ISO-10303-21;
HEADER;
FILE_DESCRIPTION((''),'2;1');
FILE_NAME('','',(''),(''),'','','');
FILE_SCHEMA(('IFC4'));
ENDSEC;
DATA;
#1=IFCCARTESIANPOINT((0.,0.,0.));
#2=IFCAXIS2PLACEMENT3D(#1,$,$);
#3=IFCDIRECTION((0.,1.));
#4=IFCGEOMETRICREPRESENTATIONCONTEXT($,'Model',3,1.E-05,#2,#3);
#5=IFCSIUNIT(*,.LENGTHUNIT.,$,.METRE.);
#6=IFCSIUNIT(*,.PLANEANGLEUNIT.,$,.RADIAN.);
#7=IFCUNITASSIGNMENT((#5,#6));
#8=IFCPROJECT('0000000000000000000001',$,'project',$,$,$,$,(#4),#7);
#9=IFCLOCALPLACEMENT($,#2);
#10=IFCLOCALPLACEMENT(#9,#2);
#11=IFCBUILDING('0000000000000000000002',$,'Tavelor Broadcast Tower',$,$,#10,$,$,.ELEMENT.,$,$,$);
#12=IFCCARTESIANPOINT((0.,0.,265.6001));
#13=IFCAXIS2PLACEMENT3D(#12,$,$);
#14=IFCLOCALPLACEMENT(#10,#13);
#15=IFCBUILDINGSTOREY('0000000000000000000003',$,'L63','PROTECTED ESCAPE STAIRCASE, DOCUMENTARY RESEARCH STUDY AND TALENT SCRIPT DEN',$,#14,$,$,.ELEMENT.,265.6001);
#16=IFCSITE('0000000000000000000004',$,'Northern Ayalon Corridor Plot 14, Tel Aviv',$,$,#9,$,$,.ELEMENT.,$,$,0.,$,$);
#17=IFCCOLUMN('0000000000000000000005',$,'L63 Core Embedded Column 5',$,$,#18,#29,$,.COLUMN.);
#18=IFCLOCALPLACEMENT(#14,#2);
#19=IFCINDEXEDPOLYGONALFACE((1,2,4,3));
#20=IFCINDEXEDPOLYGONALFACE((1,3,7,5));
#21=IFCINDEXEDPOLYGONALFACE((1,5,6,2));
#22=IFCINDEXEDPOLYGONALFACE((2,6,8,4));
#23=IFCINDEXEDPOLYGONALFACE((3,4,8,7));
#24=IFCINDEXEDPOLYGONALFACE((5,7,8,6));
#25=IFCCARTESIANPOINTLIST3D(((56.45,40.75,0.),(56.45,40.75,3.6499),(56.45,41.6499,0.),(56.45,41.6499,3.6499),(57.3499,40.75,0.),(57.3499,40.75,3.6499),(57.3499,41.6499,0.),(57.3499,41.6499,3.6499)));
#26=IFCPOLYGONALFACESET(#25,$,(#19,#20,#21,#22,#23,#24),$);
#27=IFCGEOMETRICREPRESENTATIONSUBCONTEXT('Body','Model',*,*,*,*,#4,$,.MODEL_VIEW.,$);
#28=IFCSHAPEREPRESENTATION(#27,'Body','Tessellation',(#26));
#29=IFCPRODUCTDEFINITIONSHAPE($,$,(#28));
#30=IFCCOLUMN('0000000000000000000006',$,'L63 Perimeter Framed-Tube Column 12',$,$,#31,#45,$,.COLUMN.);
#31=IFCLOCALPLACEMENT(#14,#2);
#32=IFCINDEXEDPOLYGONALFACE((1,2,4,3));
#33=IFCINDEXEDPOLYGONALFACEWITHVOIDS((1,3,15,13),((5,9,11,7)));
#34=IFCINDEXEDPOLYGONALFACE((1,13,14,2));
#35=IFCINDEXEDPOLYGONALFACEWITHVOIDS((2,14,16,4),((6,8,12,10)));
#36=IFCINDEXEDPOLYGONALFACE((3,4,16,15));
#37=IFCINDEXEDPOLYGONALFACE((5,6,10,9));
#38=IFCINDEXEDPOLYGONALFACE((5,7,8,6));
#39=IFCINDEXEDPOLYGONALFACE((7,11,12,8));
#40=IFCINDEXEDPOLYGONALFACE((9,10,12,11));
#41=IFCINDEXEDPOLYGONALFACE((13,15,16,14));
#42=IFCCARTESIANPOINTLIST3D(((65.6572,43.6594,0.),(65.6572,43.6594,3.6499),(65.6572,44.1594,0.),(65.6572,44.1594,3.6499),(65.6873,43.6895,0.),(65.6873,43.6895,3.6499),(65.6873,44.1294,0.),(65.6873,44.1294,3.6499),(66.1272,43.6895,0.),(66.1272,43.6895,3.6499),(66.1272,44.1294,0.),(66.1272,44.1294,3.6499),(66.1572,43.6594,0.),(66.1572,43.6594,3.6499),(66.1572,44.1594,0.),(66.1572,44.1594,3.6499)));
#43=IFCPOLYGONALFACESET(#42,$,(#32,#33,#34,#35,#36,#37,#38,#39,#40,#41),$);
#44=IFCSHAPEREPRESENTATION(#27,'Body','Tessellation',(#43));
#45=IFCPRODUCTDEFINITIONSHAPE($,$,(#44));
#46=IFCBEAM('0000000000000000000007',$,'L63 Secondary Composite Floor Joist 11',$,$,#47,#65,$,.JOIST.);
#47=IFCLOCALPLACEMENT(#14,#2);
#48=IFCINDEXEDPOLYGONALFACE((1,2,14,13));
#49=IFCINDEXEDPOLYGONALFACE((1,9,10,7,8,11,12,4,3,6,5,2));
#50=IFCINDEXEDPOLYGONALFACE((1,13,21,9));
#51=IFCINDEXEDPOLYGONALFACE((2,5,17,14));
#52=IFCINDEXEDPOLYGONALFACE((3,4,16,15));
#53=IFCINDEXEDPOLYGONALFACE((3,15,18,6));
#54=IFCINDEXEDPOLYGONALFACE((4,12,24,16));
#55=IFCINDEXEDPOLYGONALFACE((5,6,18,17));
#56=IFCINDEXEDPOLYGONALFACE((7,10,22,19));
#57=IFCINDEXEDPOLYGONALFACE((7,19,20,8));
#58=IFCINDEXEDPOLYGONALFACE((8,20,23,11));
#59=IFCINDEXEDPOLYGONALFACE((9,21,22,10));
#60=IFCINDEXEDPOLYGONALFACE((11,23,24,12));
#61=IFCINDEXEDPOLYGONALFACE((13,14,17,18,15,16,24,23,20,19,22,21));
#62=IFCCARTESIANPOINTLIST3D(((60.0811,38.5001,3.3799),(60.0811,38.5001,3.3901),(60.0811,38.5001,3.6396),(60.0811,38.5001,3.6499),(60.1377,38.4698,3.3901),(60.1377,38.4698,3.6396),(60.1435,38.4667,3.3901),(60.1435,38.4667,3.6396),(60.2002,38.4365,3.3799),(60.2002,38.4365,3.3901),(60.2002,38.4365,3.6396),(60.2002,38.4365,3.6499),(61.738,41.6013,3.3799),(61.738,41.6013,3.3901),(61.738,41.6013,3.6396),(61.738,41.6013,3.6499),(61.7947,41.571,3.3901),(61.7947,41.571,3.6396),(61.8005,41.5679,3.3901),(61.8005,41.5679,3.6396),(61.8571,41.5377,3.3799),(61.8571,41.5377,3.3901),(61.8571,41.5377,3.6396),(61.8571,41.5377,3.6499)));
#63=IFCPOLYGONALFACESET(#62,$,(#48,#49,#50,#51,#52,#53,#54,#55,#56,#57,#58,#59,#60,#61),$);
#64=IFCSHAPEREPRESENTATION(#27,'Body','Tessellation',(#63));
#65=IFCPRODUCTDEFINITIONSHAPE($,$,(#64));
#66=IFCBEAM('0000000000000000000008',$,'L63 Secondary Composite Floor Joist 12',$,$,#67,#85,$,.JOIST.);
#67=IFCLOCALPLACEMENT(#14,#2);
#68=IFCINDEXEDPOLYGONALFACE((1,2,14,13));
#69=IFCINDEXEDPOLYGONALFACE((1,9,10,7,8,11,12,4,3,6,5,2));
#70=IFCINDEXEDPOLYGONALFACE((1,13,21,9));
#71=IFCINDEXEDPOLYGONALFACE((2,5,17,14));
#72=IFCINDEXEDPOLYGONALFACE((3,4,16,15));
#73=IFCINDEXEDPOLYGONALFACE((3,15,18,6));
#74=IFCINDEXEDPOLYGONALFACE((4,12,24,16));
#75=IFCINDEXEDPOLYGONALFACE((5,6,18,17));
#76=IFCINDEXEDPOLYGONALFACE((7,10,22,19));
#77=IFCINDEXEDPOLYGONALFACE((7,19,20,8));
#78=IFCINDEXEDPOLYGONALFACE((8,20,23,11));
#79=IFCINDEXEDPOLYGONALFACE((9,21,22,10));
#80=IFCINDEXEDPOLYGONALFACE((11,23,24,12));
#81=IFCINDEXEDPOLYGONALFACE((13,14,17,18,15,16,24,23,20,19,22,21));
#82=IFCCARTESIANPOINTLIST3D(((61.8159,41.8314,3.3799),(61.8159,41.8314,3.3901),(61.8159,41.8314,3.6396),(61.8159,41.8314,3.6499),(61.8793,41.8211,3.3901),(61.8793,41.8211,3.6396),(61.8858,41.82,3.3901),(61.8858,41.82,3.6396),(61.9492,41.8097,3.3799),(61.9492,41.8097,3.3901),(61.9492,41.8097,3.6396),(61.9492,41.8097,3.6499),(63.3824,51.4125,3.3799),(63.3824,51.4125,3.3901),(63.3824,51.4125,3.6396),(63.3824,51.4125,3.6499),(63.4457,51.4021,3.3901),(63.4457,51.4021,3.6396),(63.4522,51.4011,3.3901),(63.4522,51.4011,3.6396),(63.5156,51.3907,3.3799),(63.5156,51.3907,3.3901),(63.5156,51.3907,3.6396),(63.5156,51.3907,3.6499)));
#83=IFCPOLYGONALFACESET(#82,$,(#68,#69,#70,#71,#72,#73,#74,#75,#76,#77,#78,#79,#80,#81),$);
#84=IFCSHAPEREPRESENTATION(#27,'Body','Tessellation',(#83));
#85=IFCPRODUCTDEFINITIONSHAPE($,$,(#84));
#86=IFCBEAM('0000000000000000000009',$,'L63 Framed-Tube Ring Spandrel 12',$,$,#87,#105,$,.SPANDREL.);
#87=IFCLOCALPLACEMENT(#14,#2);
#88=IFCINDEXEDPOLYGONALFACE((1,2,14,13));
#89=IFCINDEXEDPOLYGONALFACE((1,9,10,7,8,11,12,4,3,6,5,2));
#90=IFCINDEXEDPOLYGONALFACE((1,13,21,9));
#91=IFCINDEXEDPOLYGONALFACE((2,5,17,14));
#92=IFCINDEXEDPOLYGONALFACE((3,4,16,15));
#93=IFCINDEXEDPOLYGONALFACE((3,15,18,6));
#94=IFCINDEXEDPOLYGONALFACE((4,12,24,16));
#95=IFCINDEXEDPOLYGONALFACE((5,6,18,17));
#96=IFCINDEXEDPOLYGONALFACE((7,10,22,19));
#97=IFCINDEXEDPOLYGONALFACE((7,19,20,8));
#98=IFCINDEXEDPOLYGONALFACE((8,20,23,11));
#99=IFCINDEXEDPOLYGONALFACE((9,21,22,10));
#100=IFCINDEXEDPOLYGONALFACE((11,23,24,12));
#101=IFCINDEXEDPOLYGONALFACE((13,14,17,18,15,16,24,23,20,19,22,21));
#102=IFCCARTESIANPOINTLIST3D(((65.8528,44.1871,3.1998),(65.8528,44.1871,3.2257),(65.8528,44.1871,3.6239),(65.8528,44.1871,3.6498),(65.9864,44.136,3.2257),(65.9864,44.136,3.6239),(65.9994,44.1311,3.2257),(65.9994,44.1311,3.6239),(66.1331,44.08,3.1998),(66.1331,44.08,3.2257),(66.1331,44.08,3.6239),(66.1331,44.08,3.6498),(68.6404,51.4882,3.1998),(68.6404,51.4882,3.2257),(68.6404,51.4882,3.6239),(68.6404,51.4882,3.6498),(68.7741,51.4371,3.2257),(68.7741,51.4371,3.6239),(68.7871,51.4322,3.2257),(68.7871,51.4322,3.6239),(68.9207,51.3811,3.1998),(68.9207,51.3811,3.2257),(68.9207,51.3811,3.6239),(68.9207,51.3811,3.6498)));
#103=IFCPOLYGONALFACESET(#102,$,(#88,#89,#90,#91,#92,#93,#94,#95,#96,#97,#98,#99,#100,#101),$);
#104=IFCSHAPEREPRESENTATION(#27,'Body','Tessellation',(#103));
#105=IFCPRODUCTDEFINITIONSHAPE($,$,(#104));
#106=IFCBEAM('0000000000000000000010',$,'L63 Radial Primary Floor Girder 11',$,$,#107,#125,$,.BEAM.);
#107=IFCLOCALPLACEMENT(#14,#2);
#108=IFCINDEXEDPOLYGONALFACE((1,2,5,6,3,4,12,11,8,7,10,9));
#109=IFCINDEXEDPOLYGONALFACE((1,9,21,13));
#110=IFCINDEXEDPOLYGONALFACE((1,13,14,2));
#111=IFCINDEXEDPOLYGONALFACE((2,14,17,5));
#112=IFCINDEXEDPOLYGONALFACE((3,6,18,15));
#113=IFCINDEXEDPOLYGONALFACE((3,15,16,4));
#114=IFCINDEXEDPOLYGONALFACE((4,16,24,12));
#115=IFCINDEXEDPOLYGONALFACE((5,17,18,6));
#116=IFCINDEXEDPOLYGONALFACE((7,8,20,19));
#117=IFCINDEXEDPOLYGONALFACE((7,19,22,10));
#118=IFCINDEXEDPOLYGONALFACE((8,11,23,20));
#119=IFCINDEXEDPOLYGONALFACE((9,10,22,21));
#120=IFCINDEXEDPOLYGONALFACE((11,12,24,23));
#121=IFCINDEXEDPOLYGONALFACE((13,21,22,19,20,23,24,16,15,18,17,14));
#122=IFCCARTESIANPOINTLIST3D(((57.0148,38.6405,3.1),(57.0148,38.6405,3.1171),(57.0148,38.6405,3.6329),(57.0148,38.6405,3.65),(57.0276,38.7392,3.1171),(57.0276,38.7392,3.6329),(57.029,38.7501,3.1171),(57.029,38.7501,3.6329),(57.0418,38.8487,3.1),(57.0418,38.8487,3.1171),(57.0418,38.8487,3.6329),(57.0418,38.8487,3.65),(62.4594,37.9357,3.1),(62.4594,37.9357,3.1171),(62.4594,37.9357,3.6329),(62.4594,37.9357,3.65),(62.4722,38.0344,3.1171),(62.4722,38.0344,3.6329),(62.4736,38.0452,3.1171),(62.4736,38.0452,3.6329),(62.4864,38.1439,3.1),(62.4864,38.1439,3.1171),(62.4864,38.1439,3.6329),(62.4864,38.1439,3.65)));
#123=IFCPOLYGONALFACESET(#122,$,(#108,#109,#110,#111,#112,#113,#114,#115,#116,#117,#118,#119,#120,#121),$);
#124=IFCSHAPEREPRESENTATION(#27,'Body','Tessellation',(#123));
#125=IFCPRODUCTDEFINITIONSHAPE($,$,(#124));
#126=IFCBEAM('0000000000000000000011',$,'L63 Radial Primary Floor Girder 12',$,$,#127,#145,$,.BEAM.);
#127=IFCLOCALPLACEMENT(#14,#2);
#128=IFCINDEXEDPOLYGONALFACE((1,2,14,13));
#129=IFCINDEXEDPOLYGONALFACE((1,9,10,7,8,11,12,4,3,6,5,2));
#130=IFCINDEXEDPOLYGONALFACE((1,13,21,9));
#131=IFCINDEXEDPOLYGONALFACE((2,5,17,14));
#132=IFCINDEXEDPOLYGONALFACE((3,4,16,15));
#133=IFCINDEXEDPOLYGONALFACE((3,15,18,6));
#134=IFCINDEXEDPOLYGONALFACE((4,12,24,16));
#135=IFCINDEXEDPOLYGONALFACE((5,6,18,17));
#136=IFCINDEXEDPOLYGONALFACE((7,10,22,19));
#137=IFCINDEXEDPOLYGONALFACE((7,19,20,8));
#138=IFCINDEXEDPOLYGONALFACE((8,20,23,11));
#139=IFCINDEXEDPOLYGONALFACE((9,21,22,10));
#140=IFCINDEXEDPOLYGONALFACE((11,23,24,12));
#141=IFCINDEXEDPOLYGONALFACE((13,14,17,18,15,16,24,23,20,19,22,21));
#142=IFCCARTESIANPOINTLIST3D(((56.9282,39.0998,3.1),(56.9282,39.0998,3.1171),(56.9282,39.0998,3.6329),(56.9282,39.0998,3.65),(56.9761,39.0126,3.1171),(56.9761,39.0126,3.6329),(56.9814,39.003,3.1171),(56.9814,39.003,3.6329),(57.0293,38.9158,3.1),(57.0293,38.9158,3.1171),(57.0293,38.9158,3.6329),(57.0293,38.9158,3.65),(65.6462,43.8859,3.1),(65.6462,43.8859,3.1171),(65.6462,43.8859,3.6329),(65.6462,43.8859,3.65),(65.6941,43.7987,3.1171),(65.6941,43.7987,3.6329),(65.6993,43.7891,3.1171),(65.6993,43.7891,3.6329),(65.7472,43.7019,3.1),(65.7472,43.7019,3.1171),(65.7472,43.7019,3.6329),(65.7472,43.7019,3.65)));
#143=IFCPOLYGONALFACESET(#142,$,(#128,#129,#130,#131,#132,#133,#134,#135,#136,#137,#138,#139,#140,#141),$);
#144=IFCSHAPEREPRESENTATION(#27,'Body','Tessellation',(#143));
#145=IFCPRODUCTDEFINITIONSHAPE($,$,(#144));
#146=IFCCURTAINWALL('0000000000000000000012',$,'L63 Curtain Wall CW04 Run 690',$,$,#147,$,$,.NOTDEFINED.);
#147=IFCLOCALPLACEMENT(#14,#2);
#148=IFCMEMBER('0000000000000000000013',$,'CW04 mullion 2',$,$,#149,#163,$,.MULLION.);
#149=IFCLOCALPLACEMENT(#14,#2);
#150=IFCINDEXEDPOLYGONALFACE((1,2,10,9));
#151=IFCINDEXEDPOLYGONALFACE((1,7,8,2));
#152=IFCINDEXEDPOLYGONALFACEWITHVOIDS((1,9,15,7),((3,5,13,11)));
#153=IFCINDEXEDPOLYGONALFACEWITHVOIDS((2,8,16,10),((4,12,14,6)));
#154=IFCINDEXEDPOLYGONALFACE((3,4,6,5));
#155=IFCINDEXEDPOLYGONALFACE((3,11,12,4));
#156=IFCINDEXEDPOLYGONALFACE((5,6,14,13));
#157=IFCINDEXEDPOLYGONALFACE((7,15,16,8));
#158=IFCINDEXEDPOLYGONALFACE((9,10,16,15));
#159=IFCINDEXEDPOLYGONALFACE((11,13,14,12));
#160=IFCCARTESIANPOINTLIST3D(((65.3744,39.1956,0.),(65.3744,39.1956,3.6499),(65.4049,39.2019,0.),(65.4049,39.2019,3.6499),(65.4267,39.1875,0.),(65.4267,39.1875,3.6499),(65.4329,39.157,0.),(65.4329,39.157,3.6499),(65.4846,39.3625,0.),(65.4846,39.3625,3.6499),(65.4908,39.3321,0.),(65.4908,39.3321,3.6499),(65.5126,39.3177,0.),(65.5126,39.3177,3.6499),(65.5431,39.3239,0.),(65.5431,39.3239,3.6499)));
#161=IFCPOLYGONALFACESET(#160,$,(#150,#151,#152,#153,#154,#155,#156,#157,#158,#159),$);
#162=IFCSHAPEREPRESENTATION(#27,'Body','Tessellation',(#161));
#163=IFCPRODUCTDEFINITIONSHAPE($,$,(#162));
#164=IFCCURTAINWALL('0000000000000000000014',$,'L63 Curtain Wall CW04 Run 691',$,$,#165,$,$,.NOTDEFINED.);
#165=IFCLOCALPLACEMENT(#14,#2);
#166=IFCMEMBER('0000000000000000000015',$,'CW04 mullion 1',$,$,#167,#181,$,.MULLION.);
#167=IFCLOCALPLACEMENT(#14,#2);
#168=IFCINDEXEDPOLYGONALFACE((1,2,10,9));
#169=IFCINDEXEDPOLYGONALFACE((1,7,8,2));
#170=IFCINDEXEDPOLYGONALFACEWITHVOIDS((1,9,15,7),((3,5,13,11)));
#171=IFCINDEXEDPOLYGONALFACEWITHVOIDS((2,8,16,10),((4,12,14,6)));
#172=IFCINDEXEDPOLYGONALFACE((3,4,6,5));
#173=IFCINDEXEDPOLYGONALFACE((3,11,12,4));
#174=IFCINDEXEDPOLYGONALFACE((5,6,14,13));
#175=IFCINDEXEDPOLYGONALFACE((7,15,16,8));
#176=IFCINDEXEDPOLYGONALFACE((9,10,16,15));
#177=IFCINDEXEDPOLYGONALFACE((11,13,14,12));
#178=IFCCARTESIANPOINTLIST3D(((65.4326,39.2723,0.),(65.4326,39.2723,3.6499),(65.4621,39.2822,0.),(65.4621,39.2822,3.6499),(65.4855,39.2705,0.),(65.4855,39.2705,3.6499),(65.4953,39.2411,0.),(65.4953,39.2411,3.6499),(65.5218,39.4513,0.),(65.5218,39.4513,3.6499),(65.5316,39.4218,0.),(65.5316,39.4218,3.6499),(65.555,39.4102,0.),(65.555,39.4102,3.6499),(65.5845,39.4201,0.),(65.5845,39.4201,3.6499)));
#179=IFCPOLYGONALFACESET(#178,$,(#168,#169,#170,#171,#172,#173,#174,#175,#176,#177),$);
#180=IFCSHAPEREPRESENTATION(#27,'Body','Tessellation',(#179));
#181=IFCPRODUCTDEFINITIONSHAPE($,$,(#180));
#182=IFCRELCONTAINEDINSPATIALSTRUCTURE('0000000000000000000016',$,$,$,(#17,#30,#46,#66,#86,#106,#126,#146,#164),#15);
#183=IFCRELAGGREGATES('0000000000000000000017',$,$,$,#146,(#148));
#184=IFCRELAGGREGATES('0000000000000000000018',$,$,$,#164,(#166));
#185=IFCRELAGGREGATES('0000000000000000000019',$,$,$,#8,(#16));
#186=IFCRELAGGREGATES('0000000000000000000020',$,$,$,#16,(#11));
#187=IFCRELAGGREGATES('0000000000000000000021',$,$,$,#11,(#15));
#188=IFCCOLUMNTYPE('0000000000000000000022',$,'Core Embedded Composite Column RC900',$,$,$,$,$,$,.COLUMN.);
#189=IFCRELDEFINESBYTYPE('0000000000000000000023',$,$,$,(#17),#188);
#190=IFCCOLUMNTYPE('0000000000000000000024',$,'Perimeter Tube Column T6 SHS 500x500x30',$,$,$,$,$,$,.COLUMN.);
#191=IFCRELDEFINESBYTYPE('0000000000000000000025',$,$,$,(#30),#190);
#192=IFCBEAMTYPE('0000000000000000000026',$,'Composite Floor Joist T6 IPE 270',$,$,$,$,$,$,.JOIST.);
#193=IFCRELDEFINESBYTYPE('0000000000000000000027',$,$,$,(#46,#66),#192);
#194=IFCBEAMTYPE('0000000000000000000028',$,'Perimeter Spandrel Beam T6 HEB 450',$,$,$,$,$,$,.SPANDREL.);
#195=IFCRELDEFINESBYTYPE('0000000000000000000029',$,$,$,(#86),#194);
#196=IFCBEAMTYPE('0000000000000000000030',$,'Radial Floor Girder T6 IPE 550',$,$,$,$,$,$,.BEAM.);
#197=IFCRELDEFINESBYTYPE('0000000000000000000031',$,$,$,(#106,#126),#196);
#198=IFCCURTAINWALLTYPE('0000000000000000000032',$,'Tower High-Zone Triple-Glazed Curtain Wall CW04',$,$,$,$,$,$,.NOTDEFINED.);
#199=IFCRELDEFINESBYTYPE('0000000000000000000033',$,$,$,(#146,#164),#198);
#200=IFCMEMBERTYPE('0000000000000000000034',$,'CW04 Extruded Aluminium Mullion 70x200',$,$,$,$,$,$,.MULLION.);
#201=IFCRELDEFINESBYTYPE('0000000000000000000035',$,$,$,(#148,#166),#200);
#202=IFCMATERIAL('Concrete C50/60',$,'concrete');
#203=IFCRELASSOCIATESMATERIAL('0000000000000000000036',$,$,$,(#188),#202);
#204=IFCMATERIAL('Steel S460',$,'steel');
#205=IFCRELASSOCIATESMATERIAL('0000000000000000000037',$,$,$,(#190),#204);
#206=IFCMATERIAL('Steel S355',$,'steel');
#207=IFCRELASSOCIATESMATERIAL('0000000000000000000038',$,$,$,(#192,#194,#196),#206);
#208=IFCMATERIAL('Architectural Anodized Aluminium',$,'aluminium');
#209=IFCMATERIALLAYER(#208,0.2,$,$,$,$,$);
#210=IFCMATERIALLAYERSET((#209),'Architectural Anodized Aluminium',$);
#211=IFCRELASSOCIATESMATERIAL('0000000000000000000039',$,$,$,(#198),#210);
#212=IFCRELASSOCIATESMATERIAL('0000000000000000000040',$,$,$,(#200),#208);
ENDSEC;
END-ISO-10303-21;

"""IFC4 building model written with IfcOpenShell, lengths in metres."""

from ifc_helpers import new_model, si_unit, direction, frame, origin, origin_2d, place, context, subcontext, project, spatial, rectangle, hollow_rectangle, i_section, extrude, source, transform, mapped, material, layer, layer_set, material_profile, profile_set, type_object, type_shapes, element, aggregate, save


model = new_model("IFC4")

# Units and contexts
model_context = context("Model", 3, precision=1e-05, world=origin(), true_north=direction((0.0, 1.0)))
body_context = subcontext(model_context, "Body", "Model", "MODEL_VIEW")
ifc_project = project(units=[si_unit("LENGTHUNIT", "METRE"), si_unit("PLANEANGLEUNIT", "RADIAN")], contexts=[model_context])

# Site, building, storey
site_placement = place(None, origin())
site = spatial("IfcSite", under=ifc_project, at=site_placement, Name="Northern Ayalon Corridor Plot 14, Tel Aviv", CompositionType="ELEMENT", RefElevation=0.0)
building_placement = place(site_placement, origin())
building = spatial("IfcBuilding", under=site, at=building_placement, Name="Tavelor Broadcast Tower", CompositionType="ELEMENT")
storey_placement = place(building_placement, frame((0.0, 0.0, 265.6001)))
storey = spatial("IfcBuildingStorey", under=building, at=storey_placement, Name="L63", Description="PROTECTED ESCAPE STAIRCASE, DOCUMENTARY RESEARCH STUDY AND TALENT SCRIPT DEN", CompositionType="ELEMENT", Elevation=265.6001)

# Columns
ifc_material_1 = material(Name="Concrete C50/60", Category="concrete")
ifc_material_profile_1 = material_profile(ifc_material_1, rectangle(XDim=0.8999, YDim=0.8999, at=origin_2d()), Name="RC 900x900")
ifc_profile_set_1 = profile_set([ifc_material_profile_1], Name="Concrete C50/60")
column_type_1 = type_object("IfcColumnType", Name="Core Embedded Composite Column RC900", PredefinedType="COLUMN", material=ifc_profile_set_1)
column_1_placement = place(storey_placement, frame((56.8999, 41.2, 0.0), z_axis=(0.0, 0.0, 1.0), x_axis=(1.0, 0.0, 0.0)))
element("IfcColumn", 1, at=column_1_placement, inside=storey, type_object=column_type_1, Name="L63 Core Embedded Column 5", PredefinedType="COLUMN", context=body_context, shape_type="SweptSolid", body=[
    extrude(rectangle(XDim=0.8999, YDim=0.8999, at=origin_2d()), origin(), (0.0, 0.0, 1.0), 3.6499),
])
ifc_material_2 = material(Name="Steel S460", Category="steel")
ifc_material_profile_2 = material_profile(ifc_material_2, hollow_rectangle(XDim=0.5, YDim=0.5, WallThickness=0.03, at=origin_2d()), Name="SHS 500x500x30")
ifc_profile_set_2 = profile_set([ifc_material_profile_2], Name="Steel S460")
column_type_2 = type_object("IfcColumnType", Name="Perimeter Tube Column T6 SHS 500x500x30", PredefinedType="COLUMN", material=ifc_profile_set_2)
column_2_placement = place(storey_placement, frame((65.9072, 43.9094, 0.0), z_axis=(0.0, 0.0, 1.0), x_axis=(1.0, 0.0, 0.0)))
element("IfcColumn", 2, at=column_2_placement, inside=storey, type_object=column_type_2, Name="L63 Perimeter Framed-Tube Column 12", PredefinedType="COLUMN", context=body_context, shape_type="SweptSolid", body=[
    extrude(hollow_rectangle(XDim=0.5, YDim=0.5, WallThickness=0.03, at=origin_2d()), origin(), (0.0, 0.0, 1.0), 3.6499),
])

# Beams
ifc_material_3 = material(Name="Steel S355", Category="steel")
ifc_material_profile_3 = material_profile(ifc_material_3, i_section(OverallWidth=0.135, OverallDepth=0.27, WebThickness=0.0066, FlangeThickness=0.0103, at=origin_2d()), Name="IPE 270")
ifc_profile_set_3 = profile_set([ifc_material_profile_3], Name="Steel S355")
beam_type_1 = type_object("IfcBeamType", Name="Composite Floor Joist T6 IPE 270", PredefinedType="JOIST", material=ifc_profile_set_3)
beam_1_placement = place(storey_placement, frame((60.1406, 38.4683, 3.5149), z_axis=(0.47124, 0.882005, 0.0), x_axis=(-0.882005, 0.47124, 0.0)))
element("IfcBeam", 3, at=beam_1_placement, inside=storey, type_object=beam_type_1, Name="L63 Secondary Composite Floor Joist 11", PredefinedType="JOIST", context=body_context, shape_type="SweptSolid", body=[
    extrude(i_section(OverallWidth=0.135, OverallDepth=0.27, WebThickness=0.0066, FlangeThickness=0.0103, at=origin_2d()), origin(), (0.0, 0.0, 1.0), 3.5161),
])
beam_2_placement = place(storey_placement, frame((61.8826, 41.8206, 3.5149), z_axis=(0.161348, 0.986898, 0.0), x_axis=(-0.986898, 0.161348, 0.0)))
element("IfcBeam", 4, at=beam_2_placement, inside=storey, type_object=beam_type_1, Name="L63 Secondary Composite Floor Joist 12", PredefinedType="JOIST", context=body_context, shape_type="SweptSolid", body=[
    extrude(i_section(OverallWidth=0.135, OverallDepth=0.27, WebThickness=0.0066, FlangeThickness=0.0103, at=origin_2d()), origin(), (0.0, 0.0, 1.0), 9.7083),
])
ifc_material_profile_4 = material_profile(ifc_material_3, i_section(OverallWidth=0.3, OverallDepth=0.45, WebThickness=0.0139, FlangeThickness=0.0259, at=origin_2d()), Name="HEB 450")
ifc_profile_set_4 = profile_set([ifc_material_profile_4], Name="Steel S355")
beam_type_2 = type_object("IfcBeamType", Name="Perimeter Spandrel Beam T6 HEB 450", PredefinedType="SPANDREL", material=ifc_profile_set_4)
beam_3_placement = place(storey_placement, frame((65.9929, 44.1335, 3.4248), z_axis=(0.356694, 0.934221, 0.0), x_axis=(-0.934221, 0.356694, 0.0)))
element("IfcBeam", 5, at=beam_3_placement, inside=storey, type_object=beam_type_2, Name="L63 Framed-Tube Ring Spandrel 12", PredefinedType="SPANDREL", context=body_context, shape_type="SweptSolid", body=[
    extrude(i_section(OverallWidth=0.3, OverallDepth=0.45, WebThickness=0.0139, FlangeThickness=0.0259, at=origin_2d()), origin(), (0.0, 0.0, 1.0), 7.8152),
])
ifc_material_profile_5 = material_profile(ifc_material_3, i_section(OverallWidth=0.21, OverallDepth=0.55, WebThickness=0.011, FlangeThickness=0.0171, at=origin_2d()), Name="IPE 550")
ifc_profile_set_5 = profile_set([ifc_material_profile_5], Name="Steel S355")
beam_type_3 = type_object("IfcBeamType", Name="Radial Floor Girder T6 IPE 550", PredefinedType="BEAM", material=ifc_profile_set_5)
beam_4_placement = place(storey_placement, frame((57.0283, 38.7446, 3.375), z_axis=(0.991724, -0.128385, 0.0), x_axis=(0.128385, 0.991724, 0.0)))
element("IfcBeam", 6, at=beam_4_placement, inside=storey, type_object=beam_type_3, Name="L63 Radial Primary Floor Girder 11", PredefinedType="BEAM", context=body_context, shape_type="SweptSolid", body=[
    extrude(i_section(OverallWidth=0.21, OverallDepth=0.55, WebThickness=0.011, FlangeThickness=0.0171, at=origin_2d()), origin(), (0.0, 0.0, 1.0), 5.49),
])
beam_5_placement = place(storey_placement, frame((56.9788, 39.0078, 3.375), z_axis=(0.876588, 0.481241, 0.0), x_axis=(-0.481241, 0.876588, 0.0)))
element("IfcBeam", 7, at=beam_5_placement, inside=storey, type_object=beam_type_3, Name="L63 Radial Primary Floor Girder 12", PredefinedType="BEAM", context=body_context, shape_type="SweptSolid", body=[
    extrude(i_section(OverallWidth=0.21, OverallDepth=0.55, WebThickness=0.011, FlangeThickness=0.0171, at=origin_2d()), origin(), (0.0, 0.0, 1.0), 9.9453),
])

# Curtain wall, member
ifc_material_4 = material(Name="Architectural Anodized Aluminium", Category="aluminium")
ifc_layer_1 = layer(ifc_material_4, 0.2)
ifc_layer_set_1 = layer_set([ifc_layer_1], Name="Architectural Anodized Aluminium")
curtain_wall_type = type_object("IfcCurtainWallType", Name="Tower High-Zone Triple-Glazed Curtain Wall CW04", PredefinedType="NOTDEFINED", material=ifc_layer_set_1)
curtain_wall_1_placement = place(storey_placement, origin())
curtain_wall_1 = element("IfcCurtainWall", 8, at=curtain_wall_1_placement, inside=storey, type_object=curtain_wall_type, Name="L63 Curtain Wall CW04 Run 690", PredefinedType="NOTDEFINED")
ifc_material_profile_6 = material_profile(ifc_material_4, hollow_rectangle(XDim=0.0701, YDim=0.2, WallThickness=0.022, at=origin_2d()), Name="RHS 70x200x22")
ifc_profile_set_6 = profile_set([ifc_material_profile_6], Name="Architectural Anodized Aluminium")
member_type_1 = type_object("IfcMemberType", Name="CW04 Extruded Aluminium Mullion 70x200", PredefinedType="MULLION", material=ifc_profile_set_6)
shared_shape_1 = source(origin(), body_context, "Body", "SweptSolid", [
    extrude(hollow_rectangle(XDim=0.0701, YDim=0.2, WallThickness=0.022, at=origin_2d()), origin(), (0.0, 0.0, 1.0), 3.6499),
])
type_shapes(member_type_1, [shared_shape_1])
member_1_placement = place(storey_placement, frame((65.4587, 39.2598, 0.0), z_axis=(0.0, 0.0, 1.0), x_axis=(-0.834606, 0.550847, 0.0)))
member_1 = element("IfcMember", 9, at=member_1_placement, type_object=member_type_1, Name="CW04 mullion 2", PredefinedType="MULLION", context=body_context, shape_type="MappedRepresentation", body=[
    mapped(shared_shape_1, transform((0.0, 0.0, 0.0), scale=1.0)),
])
aggregate(curtain_wall_1, [member_1])

# Curtain wall, member
curtain_wall_2_placement = place(storey_placement, origin())
curtain_wall_2 = element("IfcCurtainWall", 10, at=curtain_wall_2_placement, inside=storey, type_object=curtain_wall_type, Name="L63 Curtain Wall CW04 Run 691", PredefinedType="NOTDEFINED")
member_2_placement = place(storey_placement, frame((65.5085, 39.3462, 0.0), z_axis=(0.0, 0.0, 1.0), x_axis=(-0.895143, 0.445778, 0.0)))
member_2 = element("IfcMember", 11, at=member_2_placement, type_object=member_type_1, Name="CW04 mullion 1", PredefinedType="MULLION", context=body_context, shape_type="MappedRepresentation", body=[
    mapped(shared_shape_1, transform((0.0, 0.0, 0.0), scale=1.0)),
])

aggregate(curtain_wall_2, [member_2])

save(model, "model.ifc")
